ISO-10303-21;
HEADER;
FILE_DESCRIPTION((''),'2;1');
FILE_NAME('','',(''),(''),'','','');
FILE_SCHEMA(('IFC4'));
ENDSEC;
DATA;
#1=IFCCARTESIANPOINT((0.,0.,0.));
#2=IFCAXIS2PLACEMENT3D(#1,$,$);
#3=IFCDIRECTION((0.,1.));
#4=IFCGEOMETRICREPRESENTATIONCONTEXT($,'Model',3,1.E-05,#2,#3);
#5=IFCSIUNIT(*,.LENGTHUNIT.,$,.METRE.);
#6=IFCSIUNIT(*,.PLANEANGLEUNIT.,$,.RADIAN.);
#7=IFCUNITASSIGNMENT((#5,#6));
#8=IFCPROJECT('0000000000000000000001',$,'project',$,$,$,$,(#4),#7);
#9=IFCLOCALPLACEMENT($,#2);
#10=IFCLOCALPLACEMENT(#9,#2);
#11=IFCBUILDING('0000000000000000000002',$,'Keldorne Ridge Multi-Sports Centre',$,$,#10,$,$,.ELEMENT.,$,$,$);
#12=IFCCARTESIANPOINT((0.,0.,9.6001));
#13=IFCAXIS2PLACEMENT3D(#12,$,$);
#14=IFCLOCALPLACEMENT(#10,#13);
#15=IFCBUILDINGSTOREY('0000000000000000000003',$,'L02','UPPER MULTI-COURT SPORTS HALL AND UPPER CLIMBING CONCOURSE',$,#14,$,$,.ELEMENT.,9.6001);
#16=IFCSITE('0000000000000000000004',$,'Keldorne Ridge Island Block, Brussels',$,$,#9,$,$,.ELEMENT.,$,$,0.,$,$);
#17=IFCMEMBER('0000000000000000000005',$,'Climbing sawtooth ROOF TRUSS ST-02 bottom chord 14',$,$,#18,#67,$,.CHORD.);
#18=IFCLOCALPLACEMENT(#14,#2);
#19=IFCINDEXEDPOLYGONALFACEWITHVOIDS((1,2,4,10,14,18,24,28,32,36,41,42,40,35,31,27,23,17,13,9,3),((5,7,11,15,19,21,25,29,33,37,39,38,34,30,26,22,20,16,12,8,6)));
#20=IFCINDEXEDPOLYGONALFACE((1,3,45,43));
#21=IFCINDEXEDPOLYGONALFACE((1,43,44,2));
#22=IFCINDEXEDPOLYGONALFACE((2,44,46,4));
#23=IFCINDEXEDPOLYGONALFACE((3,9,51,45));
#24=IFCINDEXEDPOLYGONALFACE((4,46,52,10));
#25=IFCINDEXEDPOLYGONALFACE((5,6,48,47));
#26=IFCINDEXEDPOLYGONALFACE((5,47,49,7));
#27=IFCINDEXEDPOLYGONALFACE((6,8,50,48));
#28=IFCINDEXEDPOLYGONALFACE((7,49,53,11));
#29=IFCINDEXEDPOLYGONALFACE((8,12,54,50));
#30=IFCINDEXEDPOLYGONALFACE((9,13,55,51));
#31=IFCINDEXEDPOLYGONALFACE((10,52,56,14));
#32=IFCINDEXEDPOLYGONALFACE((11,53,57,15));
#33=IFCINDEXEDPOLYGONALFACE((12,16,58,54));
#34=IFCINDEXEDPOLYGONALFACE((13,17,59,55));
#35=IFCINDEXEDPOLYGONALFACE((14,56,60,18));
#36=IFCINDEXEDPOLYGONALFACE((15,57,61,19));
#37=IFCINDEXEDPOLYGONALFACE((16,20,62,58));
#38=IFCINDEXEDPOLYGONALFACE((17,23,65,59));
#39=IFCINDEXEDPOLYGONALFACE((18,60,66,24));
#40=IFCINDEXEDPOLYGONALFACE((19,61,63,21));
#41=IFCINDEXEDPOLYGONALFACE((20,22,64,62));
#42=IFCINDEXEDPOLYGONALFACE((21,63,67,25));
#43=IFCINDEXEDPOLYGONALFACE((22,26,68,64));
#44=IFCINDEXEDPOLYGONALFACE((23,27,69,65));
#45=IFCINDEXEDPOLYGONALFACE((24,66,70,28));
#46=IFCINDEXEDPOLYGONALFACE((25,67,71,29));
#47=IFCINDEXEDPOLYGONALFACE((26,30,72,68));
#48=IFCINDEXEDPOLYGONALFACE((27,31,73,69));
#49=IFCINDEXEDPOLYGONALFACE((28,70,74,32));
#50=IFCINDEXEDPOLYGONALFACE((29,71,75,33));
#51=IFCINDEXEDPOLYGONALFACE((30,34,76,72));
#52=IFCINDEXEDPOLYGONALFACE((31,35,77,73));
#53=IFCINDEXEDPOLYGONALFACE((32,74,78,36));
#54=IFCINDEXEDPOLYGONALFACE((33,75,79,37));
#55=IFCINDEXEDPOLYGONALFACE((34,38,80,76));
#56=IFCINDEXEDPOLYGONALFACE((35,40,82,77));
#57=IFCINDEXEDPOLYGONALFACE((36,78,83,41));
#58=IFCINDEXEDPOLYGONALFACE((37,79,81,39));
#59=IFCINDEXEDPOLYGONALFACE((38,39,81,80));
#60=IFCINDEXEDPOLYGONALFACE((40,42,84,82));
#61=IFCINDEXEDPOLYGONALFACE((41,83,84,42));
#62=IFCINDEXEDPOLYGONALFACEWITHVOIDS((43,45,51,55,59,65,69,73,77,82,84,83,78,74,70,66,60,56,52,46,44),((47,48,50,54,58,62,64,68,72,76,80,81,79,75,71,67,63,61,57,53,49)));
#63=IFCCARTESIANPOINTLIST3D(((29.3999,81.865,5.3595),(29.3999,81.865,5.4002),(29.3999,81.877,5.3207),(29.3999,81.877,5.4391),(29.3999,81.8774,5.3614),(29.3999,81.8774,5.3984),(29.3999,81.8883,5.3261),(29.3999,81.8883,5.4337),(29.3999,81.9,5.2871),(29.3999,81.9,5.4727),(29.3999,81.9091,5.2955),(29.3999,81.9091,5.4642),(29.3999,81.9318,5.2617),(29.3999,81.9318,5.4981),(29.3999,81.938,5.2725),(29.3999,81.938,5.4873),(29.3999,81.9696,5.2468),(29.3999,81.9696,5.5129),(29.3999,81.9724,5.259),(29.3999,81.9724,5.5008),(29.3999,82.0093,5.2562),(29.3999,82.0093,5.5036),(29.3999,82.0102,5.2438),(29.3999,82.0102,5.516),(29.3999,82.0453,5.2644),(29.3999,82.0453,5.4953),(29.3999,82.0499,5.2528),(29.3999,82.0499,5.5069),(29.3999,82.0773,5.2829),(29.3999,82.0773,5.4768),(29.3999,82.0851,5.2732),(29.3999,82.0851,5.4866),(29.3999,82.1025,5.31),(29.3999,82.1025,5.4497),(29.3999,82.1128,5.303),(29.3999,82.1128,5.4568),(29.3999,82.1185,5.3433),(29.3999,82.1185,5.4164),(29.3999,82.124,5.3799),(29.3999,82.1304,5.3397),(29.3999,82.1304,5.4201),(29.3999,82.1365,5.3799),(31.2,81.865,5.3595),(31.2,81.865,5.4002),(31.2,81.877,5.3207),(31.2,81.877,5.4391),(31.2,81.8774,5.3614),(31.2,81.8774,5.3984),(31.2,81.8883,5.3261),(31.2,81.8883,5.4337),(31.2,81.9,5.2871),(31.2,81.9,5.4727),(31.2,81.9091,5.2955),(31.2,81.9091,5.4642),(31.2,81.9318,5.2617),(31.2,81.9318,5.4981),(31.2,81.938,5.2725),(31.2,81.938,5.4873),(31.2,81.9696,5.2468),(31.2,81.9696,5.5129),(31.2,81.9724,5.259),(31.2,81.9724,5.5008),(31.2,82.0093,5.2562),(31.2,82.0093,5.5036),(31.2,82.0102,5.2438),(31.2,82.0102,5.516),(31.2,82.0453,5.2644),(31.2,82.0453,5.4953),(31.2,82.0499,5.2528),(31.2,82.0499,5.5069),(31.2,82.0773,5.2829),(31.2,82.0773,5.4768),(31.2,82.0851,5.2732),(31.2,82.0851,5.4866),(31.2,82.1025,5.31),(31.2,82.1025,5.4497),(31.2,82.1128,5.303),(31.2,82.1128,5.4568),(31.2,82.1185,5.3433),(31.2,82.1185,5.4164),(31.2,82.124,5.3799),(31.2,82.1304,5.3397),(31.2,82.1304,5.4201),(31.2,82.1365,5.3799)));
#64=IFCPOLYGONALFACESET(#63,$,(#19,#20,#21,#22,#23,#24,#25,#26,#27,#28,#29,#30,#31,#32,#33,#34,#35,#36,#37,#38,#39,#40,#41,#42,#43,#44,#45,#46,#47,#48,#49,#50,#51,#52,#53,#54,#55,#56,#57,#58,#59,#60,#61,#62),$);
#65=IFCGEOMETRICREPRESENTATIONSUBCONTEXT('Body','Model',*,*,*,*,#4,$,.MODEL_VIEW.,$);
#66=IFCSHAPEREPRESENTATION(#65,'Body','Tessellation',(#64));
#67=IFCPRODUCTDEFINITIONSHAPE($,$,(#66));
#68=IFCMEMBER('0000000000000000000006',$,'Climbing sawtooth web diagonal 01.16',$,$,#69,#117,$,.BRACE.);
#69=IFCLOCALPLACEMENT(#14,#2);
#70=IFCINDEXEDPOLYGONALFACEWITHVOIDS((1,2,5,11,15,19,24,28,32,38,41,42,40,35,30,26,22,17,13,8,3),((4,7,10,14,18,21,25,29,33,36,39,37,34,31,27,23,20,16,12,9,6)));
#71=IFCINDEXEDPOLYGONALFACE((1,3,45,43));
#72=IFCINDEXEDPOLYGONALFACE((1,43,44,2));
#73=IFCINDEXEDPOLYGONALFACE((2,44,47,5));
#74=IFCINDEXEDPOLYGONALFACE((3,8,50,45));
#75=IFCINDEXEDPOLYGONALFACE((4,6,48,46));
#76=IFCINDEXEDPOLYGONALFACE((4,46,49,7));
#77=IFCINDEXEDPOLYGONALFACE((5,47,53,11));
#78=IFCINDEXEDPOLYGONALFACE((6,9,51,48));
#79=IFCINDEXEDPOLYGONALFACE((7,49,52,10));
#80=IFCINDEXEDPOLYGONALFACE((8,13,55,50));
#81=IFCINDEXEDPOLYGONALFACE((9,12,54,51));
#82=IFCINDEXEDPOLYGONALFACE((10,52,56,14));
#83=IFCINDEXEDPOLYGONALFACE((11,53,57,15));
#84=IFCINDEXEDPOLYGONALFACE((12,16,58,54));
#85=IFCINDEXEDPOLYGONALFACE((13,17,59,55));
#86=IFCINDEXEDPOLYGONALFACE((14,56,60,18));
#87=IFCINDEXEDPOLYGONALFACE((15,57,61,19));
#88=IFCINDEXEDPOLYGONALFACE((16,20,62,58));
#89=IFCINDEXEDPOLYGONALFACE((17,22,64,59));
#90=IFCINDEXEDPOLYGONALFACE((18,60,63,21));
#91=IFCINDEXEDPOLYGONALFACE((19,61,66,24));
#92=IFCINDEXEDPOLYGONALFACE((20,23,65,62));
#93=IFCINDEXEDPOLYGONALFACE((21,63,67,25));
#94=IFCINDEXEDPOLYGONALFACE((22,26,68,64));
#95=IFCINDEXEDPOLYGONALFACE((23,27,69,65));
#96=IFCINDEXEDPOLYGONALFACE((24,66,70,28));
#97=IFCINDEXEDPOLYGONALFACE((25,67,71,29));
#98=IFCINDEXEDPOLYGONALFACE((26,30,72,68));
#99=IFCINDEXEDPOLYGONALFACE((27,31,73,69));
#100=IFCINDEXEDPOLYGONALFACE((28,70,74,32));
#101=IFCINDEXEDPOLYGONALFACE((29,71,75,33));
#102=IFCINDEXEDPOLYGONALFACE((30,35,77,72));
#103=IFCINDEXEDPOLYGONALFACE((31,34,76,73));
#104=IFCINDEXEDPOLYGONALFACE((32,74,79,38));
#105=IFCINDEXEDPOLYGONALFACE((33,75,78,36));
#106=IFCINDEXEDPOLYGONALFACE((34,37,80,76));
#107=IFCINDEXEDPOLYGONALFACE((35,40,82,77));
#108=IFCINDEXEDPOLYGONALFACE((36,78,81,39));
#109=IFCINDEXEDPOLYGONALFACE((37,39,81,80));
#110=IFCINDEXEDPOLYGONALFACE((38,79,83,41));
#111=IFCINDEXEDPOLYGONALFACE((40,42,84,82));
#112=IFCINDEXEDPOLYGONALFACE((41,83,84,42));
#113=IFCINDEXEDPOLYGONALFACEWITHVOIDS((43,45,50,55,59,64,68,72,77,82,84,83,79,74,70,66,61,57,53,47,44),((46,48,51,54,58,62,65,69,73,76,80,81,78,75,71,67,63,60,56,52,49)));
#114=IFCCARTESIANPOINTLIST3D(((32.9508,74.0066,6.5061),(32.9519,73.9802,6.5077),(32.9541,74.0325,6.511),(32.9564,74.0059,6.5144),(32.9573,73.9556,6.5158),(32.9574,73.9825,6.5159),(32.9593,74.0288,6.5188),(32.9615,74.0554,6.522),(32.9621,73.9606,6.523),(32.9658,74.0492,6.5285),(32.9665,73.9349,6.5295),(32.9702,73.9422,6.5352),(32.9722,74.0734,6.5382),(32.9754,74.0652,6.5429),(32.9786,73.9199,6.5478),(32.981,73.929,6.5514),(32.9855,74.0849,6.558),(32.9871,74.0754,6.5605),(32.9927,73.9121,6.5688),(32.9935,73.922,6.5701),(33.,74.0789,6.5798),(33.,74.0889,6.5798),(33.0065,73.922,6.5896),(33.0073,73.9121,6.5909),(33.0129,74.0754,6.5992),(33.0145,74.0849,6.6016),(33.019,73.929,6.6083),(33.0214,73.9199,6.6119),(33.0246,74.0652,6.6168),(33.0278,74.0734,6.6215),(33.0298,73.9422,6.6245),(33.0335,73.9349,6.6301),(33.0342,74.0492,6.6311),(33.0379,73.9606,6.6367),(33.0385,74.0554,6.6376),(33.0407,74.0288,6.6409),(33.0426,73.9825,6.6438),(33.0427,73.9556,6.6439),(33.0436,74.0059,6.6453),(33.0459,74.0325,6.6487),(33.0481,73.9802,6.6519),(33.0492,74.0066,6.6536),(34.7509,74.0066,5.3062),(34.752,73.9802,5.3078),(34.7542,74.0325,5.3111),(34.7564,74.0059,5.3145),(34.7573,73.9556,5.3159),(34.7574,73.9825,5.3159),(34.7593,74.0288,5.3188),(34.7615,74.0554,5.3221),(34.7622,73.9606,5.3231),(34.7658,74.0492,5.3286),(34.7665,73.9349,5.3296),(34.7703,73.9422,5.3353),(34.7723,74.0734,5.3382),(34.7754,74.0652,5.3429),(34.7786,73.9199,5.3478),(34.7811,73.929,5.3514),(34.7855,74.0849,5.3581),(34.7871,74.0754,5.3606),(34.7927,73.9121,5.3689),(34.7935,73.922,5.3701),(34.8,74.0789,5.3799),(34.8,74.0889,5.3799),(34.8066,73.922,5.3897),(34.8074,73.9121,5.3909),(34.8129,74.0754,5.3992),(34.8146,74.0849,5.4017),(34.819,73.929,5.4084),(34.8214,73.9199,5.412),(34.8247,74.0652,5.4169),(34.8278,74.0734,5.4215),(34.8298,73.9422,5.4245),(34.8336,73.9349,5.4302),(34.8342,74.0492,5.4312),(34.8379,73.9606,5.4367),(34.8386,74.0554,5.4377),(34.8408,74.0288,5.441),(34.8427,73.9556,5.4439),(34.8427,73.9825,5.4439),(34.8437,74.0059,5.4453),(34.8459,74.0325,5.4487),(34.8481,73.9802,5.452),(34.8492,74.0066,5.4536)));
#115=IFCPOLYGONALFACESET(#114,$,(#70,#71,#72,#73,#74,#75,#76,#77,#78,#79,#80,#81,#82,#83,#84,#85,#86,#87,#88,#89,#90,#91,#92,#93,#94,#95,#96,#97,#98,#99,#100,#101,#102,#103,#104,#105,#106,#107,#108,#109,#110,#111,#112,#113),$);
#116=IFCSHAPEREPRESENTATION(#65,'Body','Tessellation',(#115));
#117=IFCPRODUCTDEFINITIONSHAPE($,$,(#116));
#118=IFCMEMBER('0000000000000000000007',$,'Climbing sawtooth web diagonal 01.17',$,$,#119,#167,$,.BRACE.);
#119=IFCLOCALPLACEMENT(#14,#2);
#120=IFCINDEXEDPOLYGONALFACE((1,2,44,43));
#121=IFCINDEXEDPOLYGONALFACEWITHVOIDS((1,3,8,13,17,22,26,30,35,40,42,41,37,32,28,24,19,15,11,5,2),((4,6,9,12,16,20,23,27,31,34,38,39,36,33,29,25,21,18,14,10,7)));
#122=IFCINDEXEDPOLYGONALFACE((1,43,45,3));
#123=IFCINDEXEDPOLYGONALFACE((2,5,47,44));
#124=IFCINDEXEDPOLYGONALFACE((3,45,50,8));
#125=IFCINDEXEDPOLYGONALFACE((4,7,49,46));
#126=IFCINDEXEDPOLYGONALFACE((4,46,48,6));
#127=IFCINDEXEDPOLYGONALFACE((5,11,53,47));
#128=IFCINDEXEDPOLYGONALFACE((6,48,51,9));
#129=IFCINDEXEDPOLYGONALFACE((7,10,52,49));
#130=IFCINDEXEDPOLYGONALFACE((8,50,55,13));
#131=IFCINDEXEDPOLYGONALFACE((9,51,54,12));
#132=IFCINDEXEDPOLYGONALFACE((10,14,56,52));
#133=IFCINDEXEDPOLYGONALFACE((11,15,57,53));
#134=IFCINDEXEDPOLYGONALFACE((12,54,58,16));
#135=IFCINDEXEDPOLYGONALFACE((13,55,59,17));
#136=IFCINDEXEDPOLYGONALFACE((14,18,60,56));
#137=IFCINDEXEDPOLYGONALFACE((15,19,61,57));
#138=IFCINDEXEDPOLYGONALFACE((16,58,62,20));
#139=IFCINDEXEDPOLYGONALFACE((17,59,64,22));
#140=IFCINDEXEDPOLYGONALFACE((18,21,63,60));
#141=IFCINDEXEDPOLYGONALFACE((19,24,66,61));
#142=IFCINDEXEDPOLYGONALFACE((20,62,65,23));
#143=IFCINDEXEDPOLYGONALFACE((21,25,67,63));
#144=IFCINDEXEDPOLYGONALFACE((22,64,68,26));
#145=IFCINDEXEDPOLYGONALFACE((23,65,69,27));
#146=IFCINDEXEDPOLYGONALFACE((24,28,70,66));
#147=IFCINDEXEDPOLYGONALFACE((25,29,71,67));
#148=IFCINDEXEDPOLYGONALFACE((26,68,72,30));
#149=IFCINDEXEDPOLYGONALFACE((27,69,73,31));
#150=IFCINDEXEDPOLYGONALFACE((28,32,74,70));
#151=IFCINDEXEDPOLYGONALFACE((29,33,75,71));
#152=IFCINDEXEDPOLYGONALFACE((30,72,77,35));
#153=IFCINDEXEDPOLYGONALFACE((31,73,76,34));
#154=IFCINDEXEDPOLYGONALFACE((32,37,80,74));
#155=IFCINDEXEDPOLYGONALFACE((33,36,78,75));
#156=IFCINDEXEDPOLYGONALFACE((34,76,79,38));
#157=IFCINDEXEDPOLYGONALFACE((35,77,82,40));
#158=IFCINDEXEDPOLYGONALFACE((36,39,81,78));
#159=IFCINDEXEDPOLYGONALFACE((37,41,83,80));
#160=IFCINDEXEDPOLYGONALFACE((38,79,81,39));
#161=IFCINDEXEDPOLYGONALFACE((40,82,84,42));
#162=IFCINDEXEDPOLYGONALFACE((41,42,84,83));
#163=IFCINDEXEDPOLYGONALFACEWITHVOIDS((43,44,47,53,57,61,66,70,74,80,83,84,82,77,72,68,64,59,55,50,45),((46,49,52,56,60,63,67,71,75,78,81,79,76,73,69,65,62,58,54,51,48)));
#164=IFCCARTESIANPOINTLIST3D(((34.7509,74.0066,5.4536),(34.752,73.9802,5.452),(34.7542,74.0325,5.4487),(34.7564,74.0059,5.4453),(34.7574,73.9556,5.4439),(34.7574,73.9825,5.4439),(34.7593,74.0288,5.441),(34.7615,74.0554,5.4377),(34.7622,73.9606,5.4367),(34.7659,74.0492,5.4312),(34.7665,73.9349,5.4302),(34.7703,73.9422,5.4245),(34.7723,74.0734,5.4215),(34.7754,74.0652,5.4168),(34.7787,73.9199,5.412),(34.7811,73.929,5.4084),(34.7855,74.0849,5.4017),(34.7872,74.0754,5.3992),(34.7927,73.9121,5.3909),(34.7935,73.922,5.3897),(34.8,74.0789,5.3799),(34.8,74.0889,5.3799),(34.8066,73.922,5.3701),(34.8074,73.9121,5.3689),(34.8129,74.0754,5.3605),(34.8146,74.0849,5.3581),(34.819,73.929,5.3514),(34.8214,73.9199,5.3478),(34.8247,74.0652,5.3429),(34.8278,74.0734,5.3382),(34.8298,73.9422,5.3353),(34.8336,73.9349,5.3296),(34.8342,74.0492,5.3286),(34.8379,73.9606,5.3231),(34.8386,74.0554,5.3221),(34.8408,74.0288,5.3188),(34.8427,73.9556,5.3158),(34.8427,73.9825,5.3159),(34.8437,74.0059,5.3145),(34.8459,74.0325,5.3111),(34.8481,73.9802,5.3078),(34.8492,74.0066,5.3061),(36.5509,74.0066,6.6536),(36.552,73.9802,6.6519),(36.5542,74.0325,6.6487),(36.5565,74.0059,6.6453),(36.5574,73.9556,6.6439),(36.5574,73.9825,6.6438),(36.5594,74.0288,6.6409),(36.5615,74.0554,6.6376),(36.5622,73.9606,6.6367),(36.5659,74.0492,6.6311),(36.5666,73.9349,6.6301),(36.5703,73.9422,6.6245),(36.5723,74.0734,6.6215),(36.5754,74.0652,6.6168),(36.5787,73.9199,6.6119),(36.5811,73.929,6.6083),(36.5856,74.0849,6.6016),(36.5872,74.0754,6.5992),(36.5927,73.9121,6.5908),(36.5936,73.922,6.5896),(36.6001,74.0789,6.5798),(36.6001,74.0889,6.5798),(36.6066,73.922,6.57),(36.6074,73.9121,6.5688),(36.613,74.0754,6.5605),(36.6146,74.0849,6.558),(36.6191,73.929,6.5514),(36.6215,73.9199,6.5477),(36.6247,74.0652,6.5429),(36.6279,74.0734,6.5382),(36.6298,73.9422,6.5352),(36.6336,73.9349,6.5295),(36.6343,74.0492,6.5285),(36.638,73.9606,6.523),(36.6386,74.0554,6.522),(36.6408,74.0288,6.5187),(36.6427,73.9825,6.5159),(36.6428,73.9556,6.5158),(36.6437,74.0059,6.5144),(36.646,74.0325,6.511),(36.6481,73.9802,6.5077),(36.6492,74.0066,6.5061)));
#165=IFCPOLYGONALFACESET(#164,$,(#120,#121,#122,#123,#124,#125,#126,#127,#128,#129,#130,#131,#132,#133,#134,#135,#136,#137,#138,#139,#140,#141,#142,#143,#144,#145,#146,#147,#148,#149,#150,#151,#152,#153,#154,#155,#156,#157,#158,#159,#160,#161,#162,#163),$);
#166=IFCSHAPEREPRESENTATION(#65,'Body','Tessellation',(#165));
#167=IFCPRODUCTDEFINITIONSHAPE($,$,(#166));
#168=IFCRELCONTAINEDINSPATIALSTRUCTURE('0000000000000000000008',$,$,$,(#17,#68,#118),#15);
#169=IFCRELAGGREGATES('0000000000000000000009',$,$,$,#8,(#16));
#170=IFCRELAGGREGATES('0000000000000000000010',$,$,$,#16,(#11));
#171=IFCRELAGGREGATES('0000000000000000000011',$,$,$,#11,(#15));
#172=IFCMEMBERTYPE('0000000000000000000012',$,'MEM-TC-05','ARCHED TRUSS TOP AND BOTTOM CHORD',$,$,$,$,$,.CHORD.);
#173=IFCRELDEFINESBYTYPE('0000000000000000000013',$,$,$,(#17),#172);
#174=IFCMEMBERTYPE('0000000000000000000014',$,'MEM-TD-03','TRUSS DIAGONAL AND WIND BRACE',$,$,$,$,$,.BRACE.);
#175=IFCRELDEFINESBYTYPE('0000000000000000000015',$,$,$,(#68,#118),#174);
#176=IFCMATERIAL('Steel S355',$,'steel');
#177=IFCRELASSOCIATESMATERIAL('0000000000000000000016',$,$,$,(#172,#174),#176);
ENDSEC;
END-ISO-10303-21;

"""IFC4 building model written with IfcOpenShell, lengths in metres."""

from ifc_helpers import new_model, si_unit, direction, frame, origin, origin_2d, place, context, subcontext, project, spatial, hollow_circle, extrude, material, material_profile, profile_set, type_object, element, save


model = new_model("IFC4")

# Units and contexts
model_context = context("Model", 3, precision=1e-05, world=origin(), true_north=direction((0.0, 1.0)))
body_context = subcontext(model_context, "Body", "Model", "MODEL_VIEW")
ifc_project = project(units=[si_unit("LENGTHUNIT", "METRE"), si_unit("PLANEANGLEUNIT", "RADIAN")], contexts=[model_context])

# Site, building, storey
site_placement = place(None, origin())
site = spatial("IfcSite", under=ifc_project, at=site_placement, Name="Keldorne Ridge Island Block, Brussels", CompositionType="ELEMENT", RefElevation=0.0)
building_placement = place(site_placement, origin())
building = spatial("IfcBuilding", under=site, at=building_placement, Name="Keldorne Ridge Multi-Sports Centre", CompositionType="ELEMENT")
storey_placement = place(building_placement, frame((0.0, 0.0, 9.6001)))
storey = spatial("IfcBuildingStorey", under=building, at=storey_placement, Name="L02", Description="UPPER MULTI-COURT SPORTS HALL AND UPPER CLIMBING CONCOURSE", CompositionType="ELEMENT", Elevation=9.6001)

# Shared definitions
ifc_material_1 = material(Name="Steel S355", Category="steel")

# Members
ifc_material_profile_1 = material_profile(ifc_material_1, hollow_circle(Radius=0.1365, WallThickness=0.0125, at=origin_2d()), Name="CHS 273x12.5")
ifc_profile_set_1 = profile_set([ifc_material_profile_1], Name="Steel S355")
member_type_1 = type_object("IfcMemberType", Name="MEM-TC-05", Description="ARCHED TRUSS TOP AND BOTTOM CHORD", PredefinedType="CHORD", material=ifc_profile_set_1)
member_1_placement = place(storey_placement, frame((29.3999, 82.0, 5.3799), z_axis=(1.0, 0.0, 0.0), x_axis=(0.0, 1.0, 0.0)))
element("IfcMember", 1, at=member_1_placement, inside=storey, type_object=member_type_1, Name="Climbing sawtooth ROOF TRUSS ST-02 bottom chord 14", PredefinedType="CHORD", context=body_context, shape_type="SweptSolid", body=[
    extrude(hollow_circle(Radius=0.1365, WallThickness=0.0125, at=origin_2d()), origin(), (0.0, 0.0, 1.0), 1.8),
])
ifc_material_profile_2 = material_profile(ifc_material_1, hollow_circle(Radius=0.0889, WallThickness=0.01, at=origin_2d()), Name="CHS 177.8x10")
ifc_profile_set_2 = profile_set([ifc_material_profile_2], Name="Steel S355")
member_type_2 = type_object("IfcMemberType", Name="MEM-TD-03", Description="TRUSS DIAGONAL AND WIND BRACE", PredefinedType="BRACE", material=ifc_profile_set_2)
for number, where, z_axis, x_axis, name in (
    (2, (33.0, 74.0, 6.5798), (0.832068, 0.0, -0.554674), (0.0, 1.0, 0.0), "Climbing sawtooth web diagonal 01.16"),
    (3, (34.8, 74.0, 5.3799), (0.832068, 0.0, 0.554674), (0.0, 1.0, 0.0), "Climbing sawtooth web diagonal 01.17"),
):
    element("IfcMember", number, at=place(storey_placement, frame(where, z_axis=z_axis, x_axis=x_axis)), inside=storey, type_object=member_type_2, Name=name, PredefinedType="BRACE", context=body_context, shape_type="SweptSolid", body=[
        extrude(hollow_circle(Radius=0.0889, WallThickness=0.01, at=origin_2d()), origin(), (0.0, 0.0, 1.0), 2.1633),
    ])

save(model, "model.ifc")
